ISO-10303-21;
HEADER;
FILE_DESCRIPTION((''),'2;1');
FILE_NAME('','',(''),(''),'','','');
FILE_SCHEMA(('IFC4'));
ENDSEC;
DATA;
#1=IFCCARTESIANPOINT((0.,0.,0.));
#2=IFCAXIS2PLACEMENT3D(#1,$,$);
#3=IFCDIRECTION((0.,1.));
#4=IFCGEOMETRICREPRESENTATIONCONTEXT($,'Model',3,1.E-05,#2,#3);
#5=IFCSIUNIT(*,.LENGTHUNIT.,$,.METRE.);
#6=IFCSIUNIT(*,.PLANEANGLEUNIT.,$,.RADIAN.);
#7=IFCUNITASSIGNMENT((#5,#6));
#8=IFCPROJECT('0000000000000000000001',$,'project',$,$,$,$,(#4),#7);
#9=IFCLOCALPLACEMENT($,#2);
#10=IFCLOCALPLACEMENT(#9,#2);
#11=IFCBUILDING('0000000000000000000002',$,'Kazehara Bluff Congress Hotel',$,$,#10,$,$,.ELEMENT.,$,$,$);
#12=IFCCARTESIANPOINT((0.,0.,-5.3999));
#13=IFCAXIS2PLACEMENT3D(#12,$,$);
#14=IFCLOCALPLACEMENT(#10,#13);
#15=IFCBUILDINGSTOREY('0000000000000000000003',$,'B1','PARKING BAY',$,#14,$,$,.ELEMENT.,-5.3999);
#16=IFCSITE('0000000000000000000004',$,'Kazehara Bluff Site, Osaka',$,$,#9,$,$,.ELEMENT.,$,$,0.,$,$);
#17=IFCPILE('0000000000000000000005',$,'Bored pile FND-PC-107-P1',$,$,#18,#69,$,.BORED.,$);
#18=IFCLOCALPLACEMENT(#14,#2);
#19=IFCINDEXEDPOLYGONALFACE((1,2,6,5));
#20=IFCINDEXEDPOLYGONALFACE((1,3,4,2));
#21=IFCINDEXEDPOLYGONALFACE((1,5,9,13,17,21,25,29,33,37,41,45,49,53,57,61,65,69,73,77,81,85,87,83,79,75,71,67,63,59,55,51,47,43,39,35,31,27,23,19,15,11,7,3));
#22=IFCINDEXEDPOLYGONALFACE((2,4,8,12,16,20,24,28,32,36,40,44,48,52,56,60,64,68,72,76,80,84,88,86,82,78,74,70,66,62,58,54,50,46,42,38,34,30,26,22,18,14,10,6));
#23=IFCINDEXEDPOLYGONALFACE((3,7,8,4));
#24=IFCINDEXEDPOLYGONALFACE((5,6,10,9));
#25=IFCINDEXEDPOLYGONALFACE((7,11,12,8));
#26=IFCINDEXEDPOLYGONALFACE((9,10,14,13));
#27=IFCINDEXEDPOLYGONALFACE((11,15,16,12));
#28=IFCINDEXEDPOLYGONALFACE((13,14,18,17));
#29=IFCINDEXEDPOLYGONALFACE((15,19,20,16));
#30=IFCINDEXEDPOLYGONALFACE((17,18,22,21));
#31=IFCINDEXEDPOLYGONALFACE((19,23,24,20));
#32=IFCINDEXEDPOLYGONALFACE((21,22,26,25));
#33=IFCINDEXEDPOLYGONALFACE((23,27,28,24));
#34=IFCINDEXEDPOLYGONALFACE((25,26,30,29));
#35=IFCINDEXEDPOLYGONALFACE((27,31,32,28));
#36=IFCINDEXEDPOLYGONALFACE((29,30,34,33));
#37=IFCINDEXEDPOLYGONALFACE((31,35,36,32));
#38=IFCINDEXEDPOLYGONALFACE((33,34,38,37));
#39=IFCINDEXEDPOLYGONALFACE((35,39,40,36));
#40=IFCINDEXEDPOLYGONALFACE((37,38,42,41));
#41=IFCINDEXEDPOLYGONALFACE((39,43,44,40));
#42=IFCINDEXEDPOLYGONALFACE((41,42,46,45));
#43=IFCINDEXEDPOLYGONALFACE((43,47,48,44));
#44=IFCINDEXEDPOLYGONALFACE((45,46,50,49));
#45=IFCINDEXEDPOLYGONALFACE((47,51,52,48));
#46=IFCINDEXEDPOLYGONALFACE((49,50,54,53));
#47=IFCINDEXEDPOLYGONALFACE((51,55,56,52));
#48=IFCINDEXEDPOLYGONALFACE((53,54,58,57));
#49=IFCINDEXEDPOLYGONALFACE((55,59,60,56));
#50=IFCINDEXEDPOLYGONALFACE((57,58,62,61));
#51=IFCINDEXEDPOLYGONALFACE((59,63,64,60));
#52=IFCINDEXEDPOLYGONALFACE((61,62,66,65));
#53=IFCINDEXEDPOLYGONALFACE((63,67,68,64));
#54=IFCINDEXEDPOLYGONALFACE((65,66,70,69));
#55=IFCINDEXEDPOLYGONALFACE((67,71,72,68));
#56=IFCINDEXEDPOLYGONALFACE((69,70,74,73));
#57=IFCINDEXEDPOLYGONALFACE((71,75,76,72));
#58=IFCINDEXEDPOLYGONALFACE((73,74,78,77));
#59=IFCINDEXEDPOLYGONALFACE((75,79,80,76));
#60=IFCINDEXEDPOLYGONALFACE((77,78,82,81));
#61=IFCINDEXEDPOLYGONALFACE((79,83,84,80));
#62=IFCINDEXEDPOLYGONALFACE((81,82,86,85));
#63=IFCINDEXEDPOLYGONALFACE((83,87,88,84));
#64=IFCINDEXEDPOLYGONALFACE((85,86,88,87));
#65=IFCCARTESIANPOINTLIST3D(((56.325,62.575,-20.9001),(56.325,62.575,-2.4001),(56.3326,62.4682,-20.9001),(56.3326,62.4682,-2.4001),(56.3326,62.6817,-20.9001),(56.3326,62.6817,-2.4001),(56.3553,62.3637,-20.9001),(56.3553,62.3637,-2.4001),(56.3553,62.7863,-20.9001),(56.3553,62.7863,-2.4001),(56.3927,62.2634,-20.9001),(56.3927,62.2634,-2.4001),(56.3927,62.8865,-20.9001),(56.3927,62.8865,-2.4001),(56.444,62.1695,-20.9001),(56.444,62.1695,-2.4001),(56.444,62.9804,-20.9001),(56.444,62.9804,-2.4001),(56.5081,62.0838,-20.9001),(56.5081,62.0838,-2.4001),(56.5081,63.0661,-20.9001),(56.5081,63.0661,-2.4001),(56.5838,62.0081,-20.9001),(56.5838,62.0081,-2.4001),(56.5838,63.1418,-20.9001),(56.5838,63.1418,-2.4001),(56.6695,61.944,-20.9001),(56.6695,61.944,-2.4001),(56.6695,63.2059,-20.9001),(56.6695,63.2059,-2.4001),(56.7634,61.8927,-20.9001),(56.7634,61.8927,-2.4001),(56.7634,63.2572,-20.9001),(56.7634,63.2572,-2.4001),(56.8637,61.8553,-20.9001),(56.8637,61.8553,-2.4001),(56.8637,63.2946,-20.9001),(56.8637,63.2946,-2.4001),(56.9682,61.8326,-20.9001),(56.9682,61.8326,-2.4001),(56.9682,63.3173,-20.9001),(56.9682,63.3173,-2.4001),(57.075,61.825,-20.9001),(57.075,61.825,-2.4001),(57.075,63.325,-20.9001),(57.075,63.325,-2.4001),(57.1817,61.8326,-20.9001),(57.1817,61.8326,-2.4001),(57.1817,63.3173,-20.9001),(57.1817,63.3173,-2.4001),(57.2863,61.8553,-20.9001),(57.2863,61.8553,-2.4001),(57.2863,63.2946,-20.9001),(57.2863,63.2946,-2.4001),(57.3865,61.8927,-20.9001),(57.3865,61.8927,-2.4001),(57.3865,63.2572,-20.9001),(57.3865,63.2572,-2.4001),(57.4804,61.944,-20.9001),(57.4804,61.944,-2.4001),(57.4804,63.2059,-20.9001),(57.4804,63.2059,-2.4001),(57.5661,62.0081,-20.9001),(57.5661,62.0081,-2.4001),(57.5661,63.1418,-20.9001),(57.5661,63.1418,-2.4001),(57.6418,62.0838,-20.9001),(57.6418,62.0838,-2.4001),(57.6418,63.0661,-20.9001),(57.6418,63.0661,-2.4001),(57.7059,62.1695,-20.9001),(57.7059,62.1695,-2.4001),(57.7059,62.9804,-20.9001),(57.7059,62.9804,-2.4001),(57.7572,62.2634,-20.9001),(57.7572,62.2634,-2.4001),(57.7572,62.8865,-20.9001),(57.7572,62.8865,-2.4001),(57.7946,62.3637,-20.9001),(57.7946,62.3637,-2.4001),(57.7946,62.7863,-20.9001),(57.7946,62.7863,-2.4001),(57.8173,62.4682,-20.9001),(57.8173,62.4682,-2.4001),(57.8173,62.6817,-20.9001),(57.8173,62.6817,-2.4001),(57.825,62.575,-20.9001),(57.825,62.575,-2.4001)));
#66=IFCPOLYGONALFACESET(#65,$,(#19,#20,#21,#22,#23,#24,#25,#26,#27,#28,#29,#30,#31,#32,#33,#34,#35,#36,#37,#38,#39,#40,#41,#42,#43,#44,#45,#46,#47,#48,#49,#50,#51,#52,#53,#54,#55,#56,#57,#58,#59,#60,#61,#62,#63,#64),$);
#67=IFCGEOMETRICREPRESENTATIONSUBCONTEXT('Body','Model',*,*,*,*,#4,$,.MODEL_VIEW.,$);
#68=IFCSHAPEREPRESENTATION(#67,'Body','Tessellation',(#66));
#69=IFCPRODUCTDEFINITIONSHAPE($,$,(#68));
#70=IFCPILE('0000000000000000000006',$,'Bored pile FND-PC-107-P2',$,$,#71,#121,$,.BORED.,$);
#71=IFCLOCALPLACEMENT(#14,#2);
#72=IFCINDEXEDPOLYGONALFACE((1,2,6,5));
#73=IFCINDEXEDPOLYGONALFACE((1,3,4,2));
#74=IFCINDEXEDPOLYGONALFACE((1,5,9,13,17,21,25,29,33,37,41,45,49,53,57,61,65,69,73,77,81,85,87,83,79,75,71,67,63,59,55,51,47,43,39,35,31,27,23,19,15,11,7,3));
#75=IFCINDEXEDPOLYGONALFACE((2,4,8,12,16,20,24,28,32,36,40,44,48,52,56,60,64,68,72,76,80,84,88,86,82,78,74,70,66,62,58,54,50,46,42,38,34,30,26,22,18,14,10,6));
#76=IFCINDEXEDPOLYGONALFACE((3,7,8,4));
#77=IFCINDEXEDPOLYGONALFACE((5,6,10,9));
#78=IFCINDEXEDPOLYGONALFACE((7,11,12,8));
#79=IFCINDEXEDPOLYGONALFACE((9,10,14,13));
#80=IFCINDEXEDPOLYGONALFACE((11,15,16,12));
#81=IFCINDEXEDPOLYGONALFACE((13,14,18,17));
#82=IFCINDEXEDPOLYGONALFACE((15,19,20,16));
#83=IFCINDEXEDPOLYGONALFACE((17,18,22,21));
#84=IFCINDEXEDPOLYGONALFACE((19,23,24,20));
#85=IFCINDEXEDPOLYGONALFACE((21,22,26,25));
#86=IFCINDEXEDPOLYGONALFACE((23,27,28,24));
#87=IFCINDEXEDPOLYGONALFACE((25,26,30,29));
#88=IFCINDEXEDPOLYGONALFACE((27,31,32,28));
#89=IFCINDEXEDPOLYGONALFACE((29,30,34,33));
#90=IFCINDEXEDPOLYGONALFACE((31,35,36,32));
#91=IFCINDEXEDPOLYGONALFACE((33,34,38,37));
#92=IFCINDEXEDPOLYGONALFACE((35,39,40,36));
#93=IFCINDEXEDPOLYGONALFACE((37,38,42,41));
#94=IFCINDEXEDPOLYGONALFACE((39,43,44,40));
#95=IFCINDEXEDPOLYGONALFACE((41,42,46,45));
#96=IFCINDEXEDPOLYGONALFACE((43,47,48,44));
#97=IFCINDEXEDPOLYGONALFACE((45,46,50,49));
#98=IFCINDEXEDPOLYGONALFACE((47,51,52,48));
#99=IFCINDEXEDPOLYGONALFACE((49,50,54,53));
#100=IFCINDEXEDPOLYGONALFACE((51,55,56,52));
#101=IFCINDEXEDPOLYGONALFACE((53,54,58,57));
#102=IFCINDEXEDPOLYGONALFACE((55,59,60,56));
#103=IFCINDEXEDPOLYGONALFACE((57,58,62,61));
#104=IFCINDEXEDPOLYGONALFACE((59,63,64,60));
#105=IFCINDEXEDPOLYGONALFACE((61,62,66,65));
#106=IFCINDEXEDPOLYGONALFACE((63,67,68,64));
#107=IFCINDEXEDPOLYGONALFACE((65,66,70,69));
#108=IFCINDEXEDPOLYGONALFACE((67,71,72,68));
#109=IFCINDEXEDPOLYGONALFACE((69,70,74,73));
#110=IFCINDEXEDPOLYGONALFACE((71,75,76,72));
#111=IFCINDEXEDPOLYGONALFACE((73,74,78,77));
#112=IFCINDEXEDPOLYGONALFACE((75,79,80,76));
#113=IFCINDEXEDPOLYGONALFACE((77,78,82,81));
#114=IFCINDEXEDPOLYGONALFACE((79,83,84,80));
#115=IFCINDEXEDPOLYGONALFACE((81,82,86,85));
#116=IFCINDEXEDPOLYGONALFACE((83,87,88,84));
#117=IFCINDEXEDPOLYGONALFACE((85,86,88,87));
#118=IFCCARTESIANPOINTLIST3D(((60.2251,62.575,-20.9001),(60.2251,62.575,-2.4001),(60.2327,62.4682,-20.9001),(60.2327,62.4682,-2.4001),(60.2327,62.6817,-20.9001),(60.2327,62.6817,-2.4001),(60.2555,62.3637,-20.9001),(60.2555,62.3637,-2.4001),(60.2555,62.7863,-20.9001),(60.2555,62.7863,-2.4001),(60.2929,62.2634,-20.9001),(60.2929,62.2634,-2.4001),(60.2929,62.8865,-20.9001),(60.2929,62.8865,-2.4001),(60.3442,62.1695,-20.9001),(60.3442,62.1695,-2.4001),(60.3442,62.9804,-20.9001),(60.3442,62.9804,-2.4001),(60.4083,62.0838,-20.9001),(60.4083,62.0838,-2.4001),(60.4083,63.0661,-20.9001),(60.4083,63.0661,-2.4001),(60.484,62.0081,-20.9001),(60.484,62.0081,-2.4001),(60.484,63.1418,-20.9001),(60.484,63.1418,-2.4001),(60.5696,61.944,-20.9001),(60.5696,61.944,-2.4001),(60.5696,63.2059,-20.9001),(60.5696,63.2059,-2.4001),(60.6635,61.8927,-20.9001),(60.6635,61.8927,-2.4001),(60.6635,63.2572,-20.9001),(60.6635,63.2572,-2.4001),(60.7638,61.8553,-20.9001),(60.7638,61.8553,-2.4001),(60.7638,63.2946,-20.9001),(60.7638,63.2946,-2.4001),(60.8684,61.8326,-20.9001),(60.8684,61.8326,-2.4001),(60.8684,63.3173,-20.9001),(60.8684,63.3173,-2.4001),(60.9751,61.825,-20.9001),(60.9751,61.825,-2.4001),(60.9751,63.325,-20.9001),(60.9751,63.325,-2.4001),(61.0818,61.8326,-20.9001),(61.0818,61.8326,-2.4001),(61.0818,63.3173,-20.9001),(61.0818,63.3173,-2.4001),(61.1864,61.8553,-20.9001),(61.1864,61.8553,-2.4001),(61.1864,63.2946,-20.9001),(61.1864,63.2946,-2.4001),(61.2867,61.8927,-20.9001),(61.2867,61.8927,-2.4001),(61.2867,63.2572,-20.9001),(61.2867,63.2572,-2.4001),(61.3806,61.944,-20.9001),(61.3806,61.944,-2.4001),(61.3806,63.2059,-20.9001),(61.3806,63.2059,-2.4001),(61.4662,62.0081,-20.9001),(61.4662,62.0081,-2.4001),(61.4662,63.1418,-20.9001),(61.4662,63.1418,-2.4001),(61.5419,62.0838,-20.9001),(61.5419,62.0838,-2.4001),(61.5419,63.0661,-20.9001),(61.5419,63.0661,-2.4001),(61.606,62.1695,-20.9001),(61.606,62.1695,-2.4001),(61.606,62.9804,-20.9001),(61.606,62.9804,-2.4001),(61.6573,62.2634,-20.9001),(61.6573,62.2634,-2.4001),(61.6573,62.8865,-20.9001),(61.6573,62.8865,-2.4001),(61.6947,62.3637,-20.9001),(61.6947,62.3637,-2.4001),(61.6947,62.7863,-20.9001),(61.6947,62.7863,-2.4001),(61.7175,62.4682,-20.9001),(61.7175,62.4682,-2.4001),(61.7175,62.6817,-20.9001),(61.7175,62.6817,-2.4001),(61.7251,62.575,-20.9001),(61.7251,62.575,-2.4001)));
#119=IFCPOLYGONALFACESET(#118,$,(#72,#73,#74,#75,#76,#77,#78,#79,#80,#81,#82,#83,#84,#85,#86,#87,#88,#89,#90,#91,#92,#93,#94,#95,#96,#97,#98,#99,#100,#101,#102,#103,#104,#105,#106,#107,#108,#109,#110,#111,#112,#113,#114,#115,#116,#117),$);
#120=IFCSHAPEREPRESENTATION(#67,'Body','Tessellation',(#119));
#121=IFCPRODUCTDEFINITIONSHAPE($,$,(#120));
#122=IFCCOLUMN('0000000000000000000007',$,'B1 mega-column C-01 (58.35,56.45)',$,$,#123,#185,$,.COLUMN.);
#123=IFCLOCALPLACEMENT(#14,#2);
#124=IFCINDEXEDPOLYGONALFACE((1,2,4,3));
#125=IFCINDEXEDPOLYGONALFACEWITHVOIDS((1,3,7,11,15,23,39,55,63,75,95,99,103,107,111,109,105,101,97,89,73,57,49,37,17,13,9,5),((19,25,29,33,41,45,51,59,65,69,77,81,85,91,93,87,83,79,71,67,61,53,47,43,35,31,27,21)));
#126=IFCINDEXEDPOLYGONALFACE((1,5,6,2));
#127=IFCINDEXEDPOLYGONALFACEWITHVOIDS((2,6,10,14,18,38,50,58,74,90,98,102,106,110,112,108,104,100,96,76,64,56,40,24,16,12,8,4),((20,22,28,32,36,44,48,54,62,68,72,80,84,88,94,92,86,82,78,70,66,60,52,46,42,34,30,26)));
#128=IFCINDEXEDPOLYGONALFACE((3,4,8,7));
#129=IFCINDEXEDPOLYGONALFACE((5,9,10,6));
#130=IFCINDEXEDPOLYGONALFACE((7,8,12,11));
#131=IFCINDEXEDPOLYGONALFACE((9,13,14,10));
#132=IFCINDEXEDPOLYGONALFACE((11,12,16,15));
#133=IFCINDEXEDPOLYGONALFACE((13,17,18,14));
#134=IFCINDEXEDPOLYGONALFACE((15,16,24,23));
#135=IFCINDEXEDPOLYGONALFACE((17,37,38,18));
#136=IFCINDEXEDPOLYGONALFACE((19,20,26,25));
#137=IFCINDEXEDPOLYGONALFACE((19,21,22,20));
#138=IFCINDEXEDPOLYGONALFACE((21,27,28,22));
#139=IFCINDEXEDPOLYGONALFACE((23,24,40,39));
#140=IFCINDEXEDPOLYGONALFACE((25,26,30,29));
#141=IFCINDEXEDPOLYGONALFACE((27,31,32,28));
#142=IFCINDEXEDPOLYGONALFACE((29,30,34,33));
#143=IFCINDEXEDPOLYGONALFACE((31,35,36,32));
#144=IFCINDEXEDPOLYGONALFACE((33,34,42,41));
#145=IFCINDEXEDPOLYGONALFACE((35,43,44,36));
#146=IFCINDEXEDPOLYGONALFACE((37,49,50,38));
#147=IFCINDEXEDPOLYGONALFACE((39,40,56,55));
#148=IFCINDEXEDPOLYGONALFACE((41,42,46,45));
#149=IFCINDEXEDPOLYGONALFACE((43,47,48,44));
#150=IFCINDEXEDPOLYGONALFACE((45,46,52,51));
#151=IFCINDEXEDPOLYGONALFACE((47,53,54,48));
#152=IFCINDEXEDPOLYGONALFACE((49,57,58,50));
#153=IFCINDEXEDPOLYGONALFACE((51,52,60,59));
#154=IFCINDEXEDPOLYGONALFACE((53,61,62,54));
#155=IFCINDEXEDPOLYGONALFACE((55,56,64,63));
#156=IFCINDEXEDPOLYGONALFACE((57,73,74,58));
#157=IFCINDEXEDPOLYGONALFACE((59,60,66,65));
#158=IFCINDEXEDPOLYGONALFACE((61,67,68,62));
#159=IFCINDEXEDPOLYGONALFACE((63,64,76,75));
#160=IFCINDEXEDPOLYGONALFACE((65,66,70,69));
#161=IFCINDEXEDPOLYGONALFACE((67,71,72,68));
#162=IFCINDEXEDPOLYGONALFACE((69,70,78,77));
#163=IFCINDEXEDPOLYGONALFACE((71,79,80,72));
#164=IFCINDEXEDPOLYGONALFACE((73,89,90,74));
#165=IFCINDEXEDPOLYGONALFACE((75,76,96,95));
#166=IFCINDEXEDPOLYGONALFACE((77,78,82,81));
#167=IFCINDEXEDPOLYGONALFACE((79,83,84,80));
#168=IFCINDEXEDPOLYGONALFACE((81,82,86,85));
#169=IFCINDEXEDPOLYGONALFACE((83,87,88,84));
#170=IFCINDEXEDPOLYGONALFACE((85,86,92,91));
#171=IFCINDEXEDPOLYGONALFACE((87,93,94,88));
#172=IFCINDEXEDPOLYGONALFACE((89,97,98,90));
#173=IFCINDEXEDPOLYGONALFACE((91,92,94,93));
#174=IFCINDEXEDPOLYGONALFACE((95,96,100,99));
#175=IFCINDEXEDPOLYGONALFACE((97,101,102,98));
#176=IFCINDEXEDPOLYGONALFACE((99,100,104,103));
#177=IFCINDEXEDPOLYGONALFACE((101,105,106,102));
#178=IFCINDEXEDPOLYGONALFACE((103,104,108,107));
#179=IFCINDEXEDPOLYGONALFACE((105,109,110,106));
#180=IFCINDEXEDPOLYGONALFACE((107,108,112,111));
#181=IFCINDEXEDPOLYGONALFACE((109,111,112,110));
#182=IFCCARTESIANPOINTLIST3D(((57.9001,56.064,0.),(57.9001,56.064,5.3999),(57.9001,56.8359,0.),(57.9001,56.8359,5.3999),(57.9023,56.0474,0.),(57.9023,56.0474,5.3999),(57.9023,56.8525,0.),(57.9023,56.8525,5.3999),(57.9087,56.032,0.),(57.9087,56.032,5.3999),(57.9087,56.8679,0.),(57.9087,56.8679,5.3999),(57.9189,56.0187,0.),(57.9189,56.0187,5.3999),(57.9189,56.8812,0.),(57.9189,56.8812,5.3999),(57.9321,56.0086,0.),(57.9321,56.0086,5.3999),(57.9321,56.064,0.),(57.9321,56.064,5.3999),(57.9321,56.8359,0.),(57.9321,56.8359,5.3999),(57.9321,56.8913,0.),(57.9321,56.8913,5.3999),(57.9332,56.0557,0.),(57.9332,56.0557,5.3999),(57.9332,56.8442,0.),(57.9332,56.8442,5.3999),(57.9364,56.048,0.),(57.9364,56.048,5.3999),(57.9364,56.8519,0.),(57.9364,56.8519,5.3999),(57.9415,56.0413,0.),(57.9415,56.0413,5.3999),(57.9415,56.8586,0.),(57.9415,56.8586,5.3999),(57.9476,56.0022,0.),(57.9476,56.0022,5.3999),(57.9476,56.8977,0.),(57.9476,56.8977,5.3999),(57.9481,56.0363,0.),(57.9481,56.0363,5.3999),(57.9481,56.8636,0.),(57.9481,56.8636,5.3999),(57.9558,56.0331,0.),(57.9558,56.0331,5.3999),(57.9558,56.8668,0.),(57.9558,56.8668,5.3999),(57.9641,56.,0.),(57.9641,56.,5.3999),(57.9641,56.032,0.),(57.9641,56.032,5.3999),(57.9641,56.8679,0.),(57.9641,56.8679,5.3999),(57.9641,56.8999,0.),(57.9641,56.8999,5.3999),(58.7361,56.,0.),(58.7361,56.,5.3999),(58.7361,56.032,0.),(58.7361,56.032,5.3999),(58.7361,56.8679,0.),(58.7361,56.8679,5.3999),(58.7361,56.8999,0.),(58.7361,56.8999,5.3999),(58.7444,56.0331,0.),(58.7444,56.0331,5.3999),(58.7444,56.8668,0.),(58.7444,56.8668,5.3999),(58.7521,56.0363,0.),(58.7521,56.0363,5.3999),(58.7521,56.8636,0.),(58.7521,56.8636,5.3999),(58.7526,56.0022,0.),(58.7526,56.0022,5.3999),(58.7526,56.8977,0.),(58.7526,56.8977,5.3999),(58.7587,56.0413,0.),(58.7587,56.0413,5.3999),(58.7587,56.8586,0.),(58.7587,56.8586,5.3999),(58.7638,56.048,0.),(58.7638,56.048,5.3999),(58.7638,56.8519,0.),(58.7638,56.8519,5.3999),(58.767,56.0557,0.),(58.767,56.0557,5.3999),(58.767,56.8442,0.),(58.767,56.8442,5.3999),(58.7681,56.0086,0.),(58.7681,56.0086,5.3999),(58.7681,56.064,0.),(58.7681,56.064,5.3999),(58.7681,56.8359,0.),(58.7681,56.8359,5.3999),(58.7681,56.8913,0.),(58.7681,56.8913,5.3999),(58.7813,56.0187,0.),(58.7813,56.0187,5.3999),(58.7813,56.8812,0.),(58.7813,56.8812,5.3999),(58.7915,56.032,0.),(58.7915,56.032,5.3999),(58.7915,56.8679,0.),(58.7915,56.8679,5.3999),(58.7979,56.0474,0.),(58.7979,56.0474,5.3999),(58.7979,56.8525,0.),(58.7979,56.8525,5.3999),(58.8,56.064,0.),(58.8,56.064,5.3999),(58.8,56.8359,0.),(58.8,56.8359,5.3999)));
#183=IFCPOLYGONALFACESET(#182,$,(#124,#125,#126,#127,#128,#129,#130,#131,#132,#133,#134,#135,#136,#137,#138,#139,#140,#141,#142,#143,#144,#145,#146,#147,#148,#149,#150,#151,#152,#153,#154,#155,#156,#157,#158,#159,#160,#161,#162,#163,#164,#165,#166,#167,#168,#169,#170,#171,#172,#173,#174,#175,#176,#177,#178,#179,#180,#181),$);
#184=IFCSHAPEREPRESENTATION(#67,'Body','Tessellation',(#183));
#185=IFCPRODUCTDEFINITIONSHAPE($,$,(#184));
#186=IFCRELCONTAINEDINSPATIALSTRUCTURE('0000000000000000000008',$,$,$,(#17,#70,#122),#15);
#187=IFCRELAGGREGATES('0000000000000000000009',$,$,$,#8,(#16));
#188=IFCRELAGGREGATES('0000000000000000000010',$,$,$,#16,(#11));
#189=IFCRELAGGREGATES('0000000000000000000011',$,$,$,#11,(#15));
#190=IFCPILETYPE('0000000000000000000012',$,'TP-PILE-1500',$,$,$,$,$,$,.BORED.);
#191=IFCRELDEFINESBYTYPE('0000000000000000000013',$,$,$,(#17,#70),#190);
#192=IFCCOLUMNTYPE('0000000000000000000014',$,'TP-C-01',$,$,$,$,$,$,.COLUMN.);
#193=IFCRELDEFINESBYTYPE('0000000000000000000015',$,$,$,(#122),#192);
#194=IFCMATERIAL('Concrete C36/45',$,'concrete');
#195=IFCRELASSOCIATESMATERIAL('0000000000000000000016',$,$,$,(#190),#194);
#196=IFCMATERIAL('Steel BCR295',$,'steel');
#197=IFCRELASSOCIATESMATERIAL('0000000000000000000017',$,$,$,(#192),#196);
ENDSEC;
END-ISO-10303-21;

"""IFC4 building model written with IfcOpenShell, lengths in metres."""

from ifc_helpers import new_model, si_unit, direction, frame, origin, origin_2d, place, context, subcontext, project, spatial, hollow_rectangle, circle, extrude, material, material_profile, profile_set, type_object, element, save


model = new_model("IFC4")

# Units and contexts
model_context = context("Model", 3, precision=1e-05, world=origin(), true_north=direction((0.0, 1.0)))
body_context = subcontext(model_context, "Body", "Model", "MODEL_VIEW")
ifc_project = project(units=[si_unit("LENGTHUNIT", "METRE"), si_unit("PLANEANGLEUNIT", "RADIAN")], contexts=[model_context])

# Site, building, storey
site_placement = place(None, origin())
site = spatial("IfcSite", under=ifc_project, at=site_placement, Name="Kazehara Bluff Site, Osaka", CompositionType="ELEMENT", RefElevation=0.0)
building_placement = place(site_placement, origin())
building = spatial("IfcBuilding", under=site, at=building_placement, Name="Kazehara Bluff Congress Hotel", CompositionType="ELEMENT")
storey_placement = place(building_placement, frame((0.0, 0.0, -5.3999)))
storey = spatial("IfcBuildingStorey", under=building, at=storey_placement, Name="B1", Description="PARKING BAY", CompositionType="ELEMENT", Elevation=-5.3999)

# Piles
ifc_material_1 = material(Name="Concrete C36/45", Category="concrete")
ifc_material_profile_1 = material_profile(ifc_material_1, circle(Radius=0.75, at=origin_2d()))
ifc_profile_set_1 = profile_set([ifc_material_profile_1], Name="Concrete C36/45")
pile_type_1 = type_object("IfcPileType", Name="TP-PILE-1500", PredefinedType="BORED", material=ifc_profile_set_1)
for number, where, z_axis, x_axis, name in (
    (1, (57.075, 62.575, -2.4001), (0.0, 0.0, -1.0), (1.0, 0.0, 0.0), "Bored pile FND-PC-107-P1"),
    (2, (60.9751, 62.575, -2.4001), (0.0, 0.0, -1.0), (1.0, 0.0, 0.0), "Bored pile FND-PC-107-P2"),
):
    element("IfcPile", number, at=place(storey_placement, frame(where, z_axis=z_axis, x_axis=x_axis)), inside=storey, type_object=pile_type_1, Name=name, PredefinedType="BORED", context=body_context, shape_type="SweptSolid", body=[
        extrude(circle(Radius=0.75, at=origin_2d()), origin(), (0.0, 0.0, 1.0), 18.5),
    ])

# Column
ifc_material_2 = material(Name="Steel BCR295", Category="steel")
ifc_material_profile_2 = material_profile(ifc_material_2, hollow_rectangle(XDim=0.8999, YDim=0.8999, WallThickness=0.032, InnerFilletRadius=0.032, OuterFilletRadius=0.064, at=origin_2d()))
ifc_profile_set_2 = profile_set([ifc_material_profile_2], Name="Steel BCR295")
column_type_1 = type_object("IfcColumnType", Name="TP-C-01", PredefinedType="COLUMN", material=ifc_profile_set_2)
for number, where, z_axis, x_axis, name in (
    (3, (58.3501, 56.45, 0.0), (0.0, 0.0, 1.0), (1.0, 0.0, 0.0), "B1 mega-column C-01 (58.35,56.45)"),
):
    element("IfcColumn", number, at=place(storey_placement, frame(where, z_axis=z_axis, x_axis=x_axis)), inside=storey, type_object=column_type_1, Name=name, PredefinedType="COLUMN", context=body_context, shape_type="SweptSolid", body=[
        extrude(hollow_rectangle(XDim=0.8999, YDim=0.8999, WallThickness=0.032, InnerFilletRadius=0.032, OuterFilletRadius=0.064, at=origin_2d()), origin(), (0.0, 0.0, 1.0), 5.3999),
    ])

save(model, "model.ifc")
